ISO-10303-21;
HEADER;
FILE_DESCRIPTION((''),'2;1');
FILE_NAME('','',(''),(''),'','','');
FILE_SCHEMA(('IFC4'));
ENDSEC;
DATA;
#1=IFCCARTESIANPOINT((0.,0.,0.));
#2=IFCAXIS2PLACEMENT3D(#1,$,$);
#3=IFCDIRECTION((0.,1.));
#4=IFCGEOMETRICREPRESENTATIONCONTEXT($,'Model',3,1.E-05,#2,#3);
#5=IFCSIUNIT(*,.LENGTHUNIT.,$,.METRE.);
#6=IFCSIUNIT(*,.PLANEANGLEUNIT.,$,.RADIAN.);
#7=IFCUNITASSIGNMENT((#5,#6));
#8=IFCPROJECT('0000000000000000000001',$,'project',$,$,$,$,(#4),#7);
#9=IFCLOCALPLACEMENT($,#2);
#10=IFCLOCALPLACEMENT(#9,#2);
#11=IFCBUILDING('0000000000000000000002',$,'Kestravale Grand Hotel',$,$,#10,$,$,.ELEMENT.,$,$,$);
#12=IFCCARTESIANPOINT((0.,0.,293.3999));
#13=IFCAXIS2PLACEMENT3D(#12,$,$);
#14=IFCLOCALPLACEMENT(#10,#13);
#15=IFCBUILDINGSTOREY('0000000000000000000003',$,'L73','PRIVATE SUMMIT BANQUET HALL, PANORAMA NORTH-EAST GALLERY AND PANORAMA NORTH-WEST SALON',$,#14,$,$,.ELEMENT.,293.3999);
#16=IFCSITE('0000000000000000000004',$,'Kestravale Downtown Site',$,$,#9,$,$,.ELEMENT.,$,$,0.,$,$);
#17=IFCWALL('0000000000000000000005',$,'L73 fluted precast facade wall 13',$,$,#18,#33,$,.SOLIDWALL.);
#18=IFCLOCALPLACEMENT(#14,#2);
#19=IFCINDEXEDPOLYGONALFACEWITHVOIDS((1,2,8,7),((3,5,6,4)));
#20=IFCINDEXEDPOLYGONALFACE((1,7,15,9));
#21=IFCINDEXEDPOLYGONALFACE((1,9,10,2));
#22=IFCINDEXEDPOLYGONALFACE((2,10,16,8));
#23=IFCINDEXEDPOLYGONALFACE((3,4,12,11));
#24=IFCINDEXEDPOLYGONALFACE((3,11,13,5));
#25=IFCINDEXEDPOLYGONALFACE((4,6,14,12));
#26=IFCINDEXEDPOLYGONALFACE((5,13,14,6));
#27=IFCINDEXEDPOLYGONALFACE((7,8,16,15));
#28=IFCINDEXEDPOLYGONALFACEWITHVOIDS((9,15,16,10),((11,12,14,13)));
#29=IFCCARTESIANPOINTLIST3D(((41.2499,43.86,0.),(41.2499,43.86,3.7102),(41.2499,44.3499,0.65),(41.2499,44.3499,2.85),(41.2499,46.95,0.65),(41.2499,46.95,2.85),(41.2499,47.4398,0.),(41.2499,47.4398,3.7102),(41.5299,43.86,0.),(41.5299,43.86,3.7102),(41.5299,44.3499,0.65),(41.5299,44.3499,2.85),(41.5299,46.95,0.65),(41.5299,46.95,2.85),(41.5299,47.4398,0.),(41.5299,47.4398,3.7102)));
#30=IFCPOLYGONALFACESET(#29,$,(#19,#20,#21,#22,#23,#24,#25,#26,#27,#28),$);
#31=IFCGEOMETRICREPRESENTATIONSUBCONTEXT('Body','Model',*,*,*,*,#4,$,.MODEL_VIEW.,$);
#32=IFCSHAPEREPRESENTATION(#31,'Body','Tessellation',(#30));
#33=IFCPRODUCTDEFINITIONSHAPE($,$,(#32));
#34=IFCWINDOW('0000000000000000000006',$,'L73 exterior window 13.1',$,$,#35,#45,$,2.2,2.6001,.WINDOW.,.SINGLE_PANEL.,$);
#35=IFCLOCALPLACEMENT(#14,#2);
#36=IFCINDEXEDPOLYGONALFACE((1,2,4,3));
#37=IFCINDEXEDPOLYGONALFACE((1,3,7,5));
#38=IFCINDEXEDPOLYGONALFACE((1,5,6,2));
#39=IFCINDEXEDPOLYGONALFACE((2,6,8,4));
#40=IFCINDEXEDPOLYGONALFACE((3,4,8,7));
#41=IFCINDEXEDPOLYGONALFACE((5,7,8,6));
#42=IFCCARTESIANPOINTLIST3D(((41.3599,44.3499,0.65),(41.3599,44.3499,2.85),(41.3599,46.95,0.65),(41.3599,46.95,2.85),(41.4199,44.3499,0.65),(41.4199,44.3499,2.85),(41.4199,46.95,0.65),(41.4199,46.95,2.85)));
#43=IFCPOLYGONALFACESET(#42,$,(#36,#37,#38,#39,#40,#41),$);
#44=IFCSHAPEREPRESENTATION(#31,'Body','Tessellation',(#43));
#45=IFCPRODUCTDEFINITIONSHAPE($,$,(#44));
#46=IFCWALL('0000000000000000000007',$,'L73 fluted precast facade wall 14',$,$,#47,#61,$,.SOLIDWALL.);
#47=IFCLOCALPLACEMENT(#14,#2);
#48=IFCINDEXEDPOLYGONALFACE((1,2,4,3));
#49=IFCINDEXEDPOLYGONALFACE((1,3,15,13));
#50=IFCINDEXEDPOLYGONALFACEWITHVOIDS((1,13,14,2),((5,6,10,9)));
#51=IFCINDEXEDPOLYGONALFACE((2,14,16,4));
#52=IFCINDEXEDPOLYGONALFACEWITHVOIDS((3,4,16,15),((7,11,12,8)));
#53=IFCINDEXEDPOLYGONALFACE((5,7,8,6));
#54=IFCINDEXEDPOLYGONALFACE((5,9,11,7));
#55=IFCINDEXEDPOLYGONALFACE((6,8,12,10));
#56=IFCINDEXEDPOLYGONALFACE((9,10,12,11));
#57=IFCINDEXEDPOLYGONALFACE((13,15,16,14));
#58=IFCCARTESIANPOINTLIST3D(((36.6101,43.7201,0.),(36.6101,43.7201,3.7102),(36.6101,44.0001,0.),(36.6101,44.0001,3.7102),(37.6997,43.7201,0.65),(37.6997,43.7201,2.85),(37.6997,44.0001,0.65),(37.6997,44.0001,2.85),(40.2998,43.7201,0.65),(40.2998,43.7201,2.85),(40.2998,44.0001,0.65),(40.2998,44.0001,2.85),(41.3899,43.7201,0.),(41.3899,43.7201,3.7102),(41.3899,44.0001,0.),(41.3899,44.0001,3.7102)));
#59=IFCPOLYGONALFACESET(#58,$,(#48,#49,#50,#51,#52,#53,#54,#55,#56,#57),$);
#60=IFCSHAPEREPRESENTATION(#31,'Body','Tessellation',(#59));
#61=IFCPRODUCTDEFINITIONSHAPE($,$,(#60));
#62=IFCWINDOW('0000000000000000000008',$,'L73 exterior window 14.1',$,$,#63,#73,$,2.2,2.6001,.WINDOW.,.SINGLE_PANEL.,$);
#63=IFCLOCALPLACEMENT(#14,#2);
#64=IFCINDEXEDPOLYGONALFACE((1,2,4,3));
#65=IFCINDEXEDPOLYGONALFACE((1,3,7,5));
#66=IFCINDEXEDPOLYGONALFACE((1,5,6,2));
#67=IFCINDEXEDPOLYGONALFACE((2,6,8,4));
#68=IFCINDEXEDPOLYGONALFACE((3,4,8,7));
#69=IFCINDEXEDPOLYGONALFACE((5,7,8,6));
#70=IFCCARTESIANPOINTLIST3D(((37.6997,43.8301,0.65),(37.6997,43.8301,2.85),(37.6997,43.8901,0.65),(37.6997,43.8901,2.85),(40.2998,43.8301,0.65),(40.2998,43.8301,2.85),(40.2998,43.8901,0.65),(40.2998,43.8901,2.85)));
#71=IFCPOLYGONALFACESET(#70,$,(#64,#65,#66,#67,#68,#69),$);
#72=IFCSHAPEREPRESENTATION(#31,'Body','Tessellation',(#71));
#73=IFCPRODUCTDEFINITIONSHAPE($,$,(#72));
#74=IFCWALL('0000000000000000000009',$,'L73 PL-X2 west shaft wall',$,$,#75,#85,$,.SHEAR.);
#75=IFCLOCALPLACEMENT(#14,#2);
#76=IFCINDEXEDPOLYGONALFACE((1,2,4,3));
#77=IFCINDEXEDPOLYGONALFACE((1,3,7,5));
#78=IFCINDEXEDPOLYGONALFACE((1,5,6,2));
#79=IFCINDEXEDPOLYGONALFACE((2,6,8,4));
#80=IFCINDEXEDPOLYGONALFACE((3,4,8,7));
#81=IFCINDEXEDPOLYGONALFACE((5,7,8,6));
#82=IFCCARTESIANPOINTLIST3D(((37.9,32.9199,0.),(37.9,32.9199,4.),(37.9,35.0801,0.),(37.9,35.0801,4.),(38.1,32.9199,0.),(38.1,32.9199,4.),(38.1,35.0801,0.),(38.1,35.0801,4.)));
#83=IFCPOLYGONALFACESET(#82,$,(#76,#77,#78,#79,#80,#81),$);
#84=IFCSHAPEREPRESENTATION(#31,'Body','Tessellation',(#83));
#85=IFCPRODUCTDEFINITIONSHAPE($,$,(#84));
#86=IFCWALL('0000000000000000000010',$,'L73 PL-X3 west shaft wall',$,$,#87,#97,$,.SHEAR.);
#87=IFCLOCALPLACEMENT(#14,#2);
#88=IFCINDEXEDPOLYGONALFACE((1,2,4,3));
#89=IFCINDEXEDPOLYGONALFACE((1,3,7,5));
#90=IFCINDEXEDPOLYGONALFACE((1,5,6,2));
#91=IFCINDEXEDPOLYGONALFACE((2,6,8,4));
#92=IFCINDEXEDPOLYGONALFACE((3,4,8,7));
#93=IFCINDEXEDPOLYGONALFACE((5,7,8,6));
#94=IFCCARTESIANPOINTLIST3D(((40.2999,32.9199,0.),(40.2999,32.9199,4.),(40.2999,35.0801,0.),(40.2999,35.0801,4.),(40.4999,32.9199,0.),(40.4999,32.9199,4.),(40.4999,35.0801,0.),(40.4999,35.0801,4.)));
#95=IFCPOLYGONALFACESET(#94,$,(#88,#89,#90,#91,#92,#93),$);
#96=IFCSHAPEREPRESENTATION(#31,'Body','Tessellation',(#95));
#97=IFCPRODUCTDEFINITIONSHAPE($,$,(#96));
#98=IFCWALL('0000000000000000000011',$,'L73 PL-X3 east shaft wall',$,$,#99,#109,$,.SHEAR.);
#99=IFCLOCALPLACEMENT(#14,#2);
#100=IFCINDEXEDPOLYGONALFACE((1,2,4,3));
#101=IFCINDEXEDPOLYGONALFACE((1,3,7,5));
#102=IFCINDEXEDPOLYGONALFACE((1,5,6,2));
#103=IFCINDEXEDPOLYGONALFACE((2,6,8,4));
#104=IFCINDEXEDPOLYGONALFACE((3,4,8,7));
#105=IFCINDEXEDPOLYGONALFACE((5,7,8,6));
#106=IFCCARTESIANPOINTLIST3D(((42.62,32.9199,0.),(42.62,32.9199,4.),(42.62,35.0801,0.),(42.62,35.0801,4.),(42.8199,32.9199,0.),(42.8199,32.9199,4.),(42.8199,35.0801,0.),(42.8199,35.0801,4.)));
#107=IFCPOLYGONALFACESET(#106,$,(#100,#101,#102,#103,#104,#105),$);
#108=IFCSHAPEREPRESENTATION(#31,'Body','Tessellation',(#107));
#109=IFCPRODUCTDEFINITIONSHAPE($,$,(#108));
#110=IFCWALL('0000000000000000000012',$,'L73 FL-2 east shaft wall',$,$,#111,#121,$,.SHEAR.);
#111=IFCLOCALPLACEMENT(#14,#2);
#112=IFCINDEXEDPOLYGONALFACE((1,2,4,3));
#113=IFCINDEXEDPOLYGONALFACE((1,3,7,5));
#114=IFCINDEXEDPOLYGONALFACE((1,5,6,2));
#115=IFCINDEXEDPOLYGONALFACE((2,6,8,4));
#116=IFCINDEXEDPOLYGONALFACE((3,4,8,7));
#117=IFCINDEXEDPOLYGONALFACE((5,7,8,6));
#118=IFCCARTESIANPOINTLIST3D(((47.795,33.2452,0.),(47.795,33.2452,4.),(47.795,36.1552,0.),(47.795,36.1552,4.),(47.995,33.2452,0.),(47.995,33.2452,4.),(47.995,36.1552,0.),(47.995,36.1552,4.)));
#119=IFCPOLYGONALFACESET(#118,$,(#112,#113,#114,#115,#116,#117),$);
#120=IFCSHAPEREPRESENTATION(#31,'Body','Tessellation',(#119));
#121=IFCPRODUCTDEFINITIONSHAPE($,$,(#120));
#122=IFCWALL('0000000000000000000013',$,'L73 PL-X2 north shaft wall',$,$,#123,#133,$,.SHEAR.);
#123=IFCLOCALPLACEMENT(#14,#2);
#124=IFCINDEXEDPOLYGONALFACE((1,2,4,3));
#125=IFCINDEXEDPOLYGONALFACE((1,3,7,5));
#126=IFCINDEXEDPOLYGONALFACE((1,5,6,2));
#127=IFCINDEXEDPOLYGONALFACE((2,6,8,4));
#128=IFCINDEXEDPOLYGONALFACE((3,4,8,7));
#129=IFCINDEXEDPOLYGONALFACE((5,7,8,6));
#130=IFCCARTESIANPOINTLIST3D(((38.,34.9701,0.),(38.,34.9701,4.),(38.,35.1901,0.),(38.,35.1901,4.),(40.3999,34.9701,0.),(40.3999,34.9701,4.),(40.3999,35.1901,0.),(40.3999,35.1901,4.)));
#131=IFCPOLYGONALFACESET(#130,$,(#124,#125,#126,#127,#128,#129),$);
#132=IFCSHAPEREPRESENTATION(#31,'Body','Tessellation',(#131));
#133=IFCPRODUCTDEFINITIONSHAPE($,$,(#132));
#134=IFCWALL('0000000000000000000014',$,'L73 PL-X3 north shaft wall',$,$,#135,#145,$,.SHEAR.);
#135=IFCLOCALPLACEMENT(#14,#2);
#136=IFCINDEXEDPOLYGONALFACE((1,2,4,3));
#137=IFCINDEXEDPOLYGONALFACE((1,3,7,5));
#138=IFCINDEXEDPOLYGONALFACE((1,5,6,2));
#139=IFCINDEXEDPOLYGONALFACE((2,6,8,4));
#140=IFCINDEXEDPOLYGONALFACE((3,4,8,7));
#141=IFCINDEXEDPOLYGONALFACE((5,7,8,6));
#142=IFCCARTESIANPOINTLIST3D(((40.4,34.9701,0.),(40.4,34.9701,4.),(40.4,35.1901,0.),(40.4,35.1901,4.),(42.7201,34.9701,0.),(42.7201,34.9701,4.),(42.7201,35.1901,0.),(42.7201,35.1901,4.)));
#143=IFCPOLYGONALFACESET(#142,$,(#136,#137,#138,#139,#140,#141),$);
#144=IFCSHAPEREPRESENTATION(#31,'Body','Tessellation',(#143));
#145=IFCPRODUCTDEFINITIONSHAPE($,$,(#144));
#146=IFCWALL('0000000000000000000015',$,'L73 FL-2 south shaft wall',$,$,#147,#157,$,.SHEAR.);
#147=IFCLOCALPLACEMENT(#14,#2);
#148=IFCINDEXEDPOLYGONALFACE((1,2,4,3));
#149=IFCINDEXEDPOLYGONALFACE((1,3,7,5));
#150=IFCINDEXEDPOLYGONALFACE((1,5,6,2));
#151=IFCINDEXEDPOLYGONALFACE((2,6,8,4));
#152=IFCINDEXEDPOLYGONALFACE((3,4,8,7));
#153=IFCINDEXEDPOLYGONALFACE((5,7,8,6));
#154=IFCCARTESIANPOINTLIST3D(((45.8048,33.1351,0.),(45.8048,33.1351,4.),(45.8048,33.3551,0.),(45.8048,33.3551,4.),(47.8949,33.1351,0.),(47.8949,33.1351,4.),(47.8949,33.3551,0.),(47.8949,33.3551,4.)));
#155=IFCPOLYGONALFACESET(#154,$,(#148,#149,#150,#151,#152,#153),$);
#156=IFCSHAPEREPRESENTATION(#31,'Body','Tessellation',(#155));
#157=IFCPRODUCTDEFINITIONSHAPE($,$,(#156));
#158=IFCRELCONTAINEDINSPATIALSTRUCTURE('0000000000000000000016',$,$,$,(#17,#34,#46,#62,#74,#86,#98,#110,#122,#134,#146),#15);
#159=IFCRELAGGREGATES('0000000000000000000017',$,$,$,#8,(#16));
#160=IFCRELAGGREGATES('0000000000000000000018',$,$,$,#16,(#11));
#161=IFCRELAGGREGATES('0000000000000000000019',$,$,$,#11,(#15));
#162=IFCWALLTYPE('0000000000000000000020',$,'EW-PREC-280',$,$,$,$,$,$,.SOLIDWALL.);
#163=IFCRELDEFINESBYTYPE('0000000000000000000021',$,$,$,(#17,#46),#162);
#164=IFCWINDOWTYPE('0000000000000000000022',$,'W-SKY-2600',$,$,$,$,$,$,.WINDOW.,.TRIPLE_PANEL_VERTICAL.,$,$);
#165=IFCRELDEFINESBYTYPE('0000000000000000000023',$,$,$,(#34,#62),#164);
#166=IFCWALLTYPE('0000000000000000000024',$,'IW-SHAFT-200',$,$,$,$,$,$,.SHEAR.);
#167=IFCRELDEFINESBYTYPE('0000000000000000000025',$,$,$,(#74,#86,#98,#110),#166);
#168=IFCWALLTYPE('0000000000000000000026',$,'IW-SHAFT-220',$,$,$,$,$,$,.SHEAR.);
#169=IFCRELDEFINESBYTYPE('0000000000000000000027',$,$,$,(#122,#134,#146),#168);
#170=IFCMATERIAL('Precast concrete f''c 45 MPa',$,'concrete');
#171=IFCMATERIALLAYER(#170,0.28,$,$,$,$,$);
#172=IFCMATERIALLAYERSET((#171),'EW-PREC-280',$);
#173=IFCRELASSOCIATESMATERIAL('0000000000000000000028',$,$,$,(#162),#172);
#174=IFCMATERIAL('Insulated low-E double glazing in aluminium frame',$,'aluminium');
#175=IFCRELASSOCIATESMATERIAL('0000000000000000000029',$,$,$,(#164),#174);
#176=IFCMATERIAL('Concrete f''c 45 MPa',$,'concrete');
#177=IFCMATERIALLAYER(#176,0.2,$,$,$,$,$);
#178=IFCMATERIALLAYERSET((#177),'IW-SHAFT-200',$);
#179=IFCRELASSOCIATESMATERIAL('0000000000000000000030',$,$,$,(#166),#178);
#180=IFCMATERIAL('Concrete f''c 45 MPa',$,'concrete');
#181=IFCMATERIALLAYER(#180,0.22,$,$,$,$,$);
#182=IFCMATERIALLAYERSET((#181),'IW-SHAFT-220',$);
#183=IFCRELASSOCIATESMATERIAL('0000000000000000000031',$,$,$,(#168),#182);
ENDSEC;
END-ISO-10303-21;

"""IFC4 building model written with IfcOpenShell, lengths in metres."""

from ifc_helpers import new_model, si_unit, direction, frame, frame_2d, origin, place, context, subcontext, project, spatial, rectangle, extrude, material, layer, layer_set, type_object, element, fill, save


model = new_model("IFC4")

# Units and contexts
model_context = context("Model", 3, precision=1e-05, world=origin(), true_north=direction((0.0, 1.0)))
body_context = subcontext(model_context, "Body", "Model", "MODEL_VIEW")
ifc_project = project(units=[si_unit("LENGTHUNIT", "METRE"), si_unit("PLANEANGLEUNIT", "RADIAN")], contexts=[model_context])

# Site, building, storey
site_placement = place(None, origin())
site = spatial("IfcSite", under=ifc_project, at=site_placement, Name="Kestravale Downtown Site", CompositionType="ELEMENT", RefElevation=0.0)
building_placement = place(site_placement, origin())
building = spatial("IfcBuilding", under=site, at=building_placement, Name="Kestravale Grand Hotel", CompositionType="ELEMENT")
storey_placement = place(building_placement, frame((0.0, 0.0, 293.3999)))
storey = spatial("IfcBuildingStorey", under=building, at=storey_placement, Name="L73", Description="PRIVATE SUMMIT BANQUET HALL, PANORAMA NORTH-EAST GALLERY AND PANORAMA NORTH-WEST SALON", CompositionType="ELEMENT", Elevation=293.3999)

# Shared definitions
ifc_material_1 = material(Name="Precast concrete f'c 45 MPa", Category="concrete")
ifc_layer_1 = layer(ifc_material_1, 0.28)
ifc_layer_set_1 = layer_set([ifc_layer_1], Name="EW-PREC-280")
wall_type_1 = type_object("IfcWallType", Name="EW-PREC-280", PredefinedType="SOLIDWALL", material=ifc_layer_set_1)

# Walls, openings, windows
wall_1_placement = place(storey_placement, frame((41.3899, 47.4399, 0.0), z_axis=(0.0, 0.0, 1.0), x_axis=(0.0, -1.0, 0.0)))
wall_1 = element("IfcWall", 1, at=wall_1_placement, inside=storey, type_object=wall_type_1, Name="L73 fluted precast facade wall 13", PredefinedType="SOLIDWALL", context=body_context, shape_type="SweptSolid", body=[
    extrude(rectangle(XDim=3.5798, YDim=0.28, at=frame_2d((1.79, 0.0))), origin(), (0.0, 0.0, 1.0), 3.7102),
])
opening_1_placement = place(wall_1_placement, frame((0.49, 0.0, 0.6499)))
opening_1 = element("IfcOpeningElement", 2, at=opening_1_placement, cuts=wall_1, PredefinedType="OPENING", context=body_context, shape_type="SweptSolid", body=[
    extrude(rectangle(XDim=2.6001, YDim=2.2, at=frame_2d((1.3, 1.1001))), frame((0.0, 0.1499, 0.0), z_axis=(0.0, -1.0, 0.0), x_axis=(1.0, 0.0, 0.0)), (0.0, 0.0, 1.0), 0.3),
])
ifc_material_2 = material(Name="Insulated low-E double glazing in aluminium frame", Category="aluminium")
window_type = type_object("IfcWindowType", Name="W-SKY-2600", PartitioningType="TRIPLE_PANEL_VERTICAL", PredefinedType="WINDOW", material=ifc_material_2)
window_1_placement = place(opening_1_placement, origin())
window_1 = element("IfcWindow", 3, at=window_1_placement, inside=storey, type_object=window_type, Name="L73 exterior window 13.1", OverallHeight=2.2, OverallWidth=2.6001, PartitioningType="SINGLE_PANEL", PredefinedType="WINDOW", context=body_context, shape_type="SweptSolid", body=[
    extrude(rectangle(XDim=2.6001, YDim=2.2, at=frame_2d((1.3, 1.1001))), frame((0.0, 0.03, 0.0), z_axis=(0.0, -1.0, 0.0), x_axis=(1.0, 0.0, 0.0)), (0.0, 0.0, 1.0), 0.0601),
])
fill(opening_1, window_1)
wall_2_placement = place(storey_placement, frame((41.3899, 43.8601, 0.0), z_axis=(0.0, 0.0, 1.0), x_axis=(-1.0, 0.0, 0.0)))
wall_2 = element("IfcWall", 4, at=wall_2_placement, inside=storey, type_object=wall_type_1, Name="L73 fluted precast facade wall 14", PredefinedType="SOLIDWALL", context=body_context, shape_type="SweptSolid", body=[
    extrude(rectangle(XDim=4.7798, YDim=0.28, at=frame_2d((2.3899, 0.0))), origin(), (0.0, 0.0, 1.0), 3.7102),
])
opening_2_placement = place(wall_2_placement, frame((1.0901, 0.0, 0.6499)))
opening_2 = element("IfcOpeningElement", 5, at=opening_2_placement, cuts=wall_2, PredefinedType="OPENING", context=body_context, shape_type="SweptSolid", body=[
    extrude(rectangle(XDim=2.6001, YDim=2.2, at=frame_2d((1.3, 1.1001))), frame((0.0, 0.1499, 0.0), z_axis=(0.0, -1.0, 0.0), x_axis=(1.0, 0.0, 0.0)), (0.0, 0.0, 1.0), 0.3),
])
window_2_placement = place(opening_2_placement, origin())
window_2 = element("IfcWindow", 6, at=window_2_placement, inside=storey, type_object=window_type, Name="L73 exterior window 14.1", OverallHeight=2.2, OverallWidth=2.6001, PartitioningType="SINGLE_PANEL", PredefinedType="WINDOW", context=body_context, shape_type="SweptSolid", body=[
    extrude(rectangle(XDim=2.6001, YDim=2.2, at=frame_2d((1.3, 1.1001))), frame((0.0, 0.03, 0.0), z_axis=(0.0, -1.0, 0.0), x_axis=(1.0, 0.0, 0.0)), (0.0, 0.0, 1.0), 0.0601),
])
fill(opening_2, window_2)

# Walls
ifc_material_3 = material(Name="Concrete f'c 45 MPa", Category="concrete")
ifc_layer_2 = layer(ifc_material_3, 0.2)
ifc_layer_set_2 = layer_set([ifc_layer_2], Name="IW-SHAFT-200")
wall_type_2 = type_object("IfcWallType", Name="IW-SHAFT-200", PredefinedType="SHEAR", material=ifc_layer_set_2)
for number, where, z_axis, x_axis, name in (
    (7, (38.0, 32.9199, 0.0), (0.0, 0.0, 1.0), (0.0, 1.0, 0.0), "L73 PL-X2 west shaft wall"),
    (8, (40.3999, 32.9199, 0.0), (0.0, 0.0, 1.0), (0.0, 1.0, 0.0), "L73 PL-X3 west shaft wall"),
    (9, (42.72, 32.9199, 0.0), (0.0, 0.0, 1.0), (0.0, 1.0, 0.0), "L73 PL-X3 east shaft wall"),
):
    element("IfcWall", number, at=place(storey_placement, frame(where, z_axis=z_axis, x_axis=x_axis)), inside=storey, type_object=wall_type_2, Name=name, PredefinedType="SHEAR", context=body_context, shape_type="SweptSolid", body=[
        extrude(rectangle(XDim=2.1602, YDim=0.2, at=frame_2d((1.0801, 0.0))), origin(), (0.0, 0.0, 1.0), 4.0),
    ])
wall_3_placement = place(storey_placement, frame((47.895, 33.2451, 0.0), z_axis=(0.0, 0.0, 1.0), x_axis=(0.0, 1.0, 0.0)))
element("IfcWall", 10, at=wall_3_placement, inside=storey, type_object=wall_type_2, Name="L73 FL-2 east shaft wall", PredefinedType="SHEAR", context=body_context, shape_type="SweptSolid", body=[
    extrude(rectangle(XDim=2.9099, YDim=0.2, at=frame_2d((1.4551, 0.0))), origin(), (0.0, 0.0, 1.0), 4.0),
])
ifc_material_4 = material(Name="Concrete f'c 45 MPa", Category="concrete")
ifc_layer_3 = layer(ifc_material_4, 0.22)
ifc_layer_set_3 = layer_set([ifc_layer_3], Name="IW-SHAFT-220")
wall_type_3 = type_object("IfcWallType", Name="IW-SHAFT-220", PredefinedType="SHEAR", material=ifc_layer_set_3)
wall_4_placement = place(storey_placement, frame((38.0, 35.0801, 0.0), z_axis=(0.0, 0.0, 1.0), x_axis=(1.0, 0.0, 0.0)))
element("IfcWall", 11, at=wall_4_placement, inside=storey, type_object=wall_type_3, Name="L73 PL-X2 north shaft wall", PredefinedType="SHEAR", context=body_context, shape_type="SweptSolid", body=[
    extrude(rectangle(XDim=2.3999, YDim=0.22, at=frame_2d((1.2, 0.0))), origin(), (0.0, 0.0, 1.0), 4.0),
])

# Wall
wall_5_placement = place(storey_placement, frame((40.3999, 35.0801, 0.0), z_axis=(0.0, 0.0, 1.0), x_axis=(1.0, 0.0, 0.0)))
element("IfcWall", 12, at=wall_5_placement, inside=storey, type_object=wall_type_3, Name="L73 PL-X3 north shaft wall", PredefinedType="SHEAR", context=body_context, shape_type="SweptSolid", body=[
    extrude(rectangle(XDim=2.3201, YDim=0.22, at=frame_2d((1.1602, 0.0))), origin(), (0.0, 0.0, 1.0), 4.0),
])

# Wall
wall_6_placement = place(storey_placement, frame((45.8049, 33.2451, 0.0), z_axis=(0.0, 0.0, 1.0), x_axis=(1.0, 0.0, 0.0)))
element("IfcWall", 13, at=wall_6_placement, inside=storey, type_object=wall_type_3, Name="L73 FL-2 south shaft wall", PredefinedType="SHEAR", context=body_context, shape_type="SweptSolid", body=[
    extrude(rectangle(XDim=2.0901, YDim=0.22, at=frame_2d((1.0449, 0.0))), origin(), (0.0, 0.0, 1.0), 4.0),
])

save(model, "model.ifc")
